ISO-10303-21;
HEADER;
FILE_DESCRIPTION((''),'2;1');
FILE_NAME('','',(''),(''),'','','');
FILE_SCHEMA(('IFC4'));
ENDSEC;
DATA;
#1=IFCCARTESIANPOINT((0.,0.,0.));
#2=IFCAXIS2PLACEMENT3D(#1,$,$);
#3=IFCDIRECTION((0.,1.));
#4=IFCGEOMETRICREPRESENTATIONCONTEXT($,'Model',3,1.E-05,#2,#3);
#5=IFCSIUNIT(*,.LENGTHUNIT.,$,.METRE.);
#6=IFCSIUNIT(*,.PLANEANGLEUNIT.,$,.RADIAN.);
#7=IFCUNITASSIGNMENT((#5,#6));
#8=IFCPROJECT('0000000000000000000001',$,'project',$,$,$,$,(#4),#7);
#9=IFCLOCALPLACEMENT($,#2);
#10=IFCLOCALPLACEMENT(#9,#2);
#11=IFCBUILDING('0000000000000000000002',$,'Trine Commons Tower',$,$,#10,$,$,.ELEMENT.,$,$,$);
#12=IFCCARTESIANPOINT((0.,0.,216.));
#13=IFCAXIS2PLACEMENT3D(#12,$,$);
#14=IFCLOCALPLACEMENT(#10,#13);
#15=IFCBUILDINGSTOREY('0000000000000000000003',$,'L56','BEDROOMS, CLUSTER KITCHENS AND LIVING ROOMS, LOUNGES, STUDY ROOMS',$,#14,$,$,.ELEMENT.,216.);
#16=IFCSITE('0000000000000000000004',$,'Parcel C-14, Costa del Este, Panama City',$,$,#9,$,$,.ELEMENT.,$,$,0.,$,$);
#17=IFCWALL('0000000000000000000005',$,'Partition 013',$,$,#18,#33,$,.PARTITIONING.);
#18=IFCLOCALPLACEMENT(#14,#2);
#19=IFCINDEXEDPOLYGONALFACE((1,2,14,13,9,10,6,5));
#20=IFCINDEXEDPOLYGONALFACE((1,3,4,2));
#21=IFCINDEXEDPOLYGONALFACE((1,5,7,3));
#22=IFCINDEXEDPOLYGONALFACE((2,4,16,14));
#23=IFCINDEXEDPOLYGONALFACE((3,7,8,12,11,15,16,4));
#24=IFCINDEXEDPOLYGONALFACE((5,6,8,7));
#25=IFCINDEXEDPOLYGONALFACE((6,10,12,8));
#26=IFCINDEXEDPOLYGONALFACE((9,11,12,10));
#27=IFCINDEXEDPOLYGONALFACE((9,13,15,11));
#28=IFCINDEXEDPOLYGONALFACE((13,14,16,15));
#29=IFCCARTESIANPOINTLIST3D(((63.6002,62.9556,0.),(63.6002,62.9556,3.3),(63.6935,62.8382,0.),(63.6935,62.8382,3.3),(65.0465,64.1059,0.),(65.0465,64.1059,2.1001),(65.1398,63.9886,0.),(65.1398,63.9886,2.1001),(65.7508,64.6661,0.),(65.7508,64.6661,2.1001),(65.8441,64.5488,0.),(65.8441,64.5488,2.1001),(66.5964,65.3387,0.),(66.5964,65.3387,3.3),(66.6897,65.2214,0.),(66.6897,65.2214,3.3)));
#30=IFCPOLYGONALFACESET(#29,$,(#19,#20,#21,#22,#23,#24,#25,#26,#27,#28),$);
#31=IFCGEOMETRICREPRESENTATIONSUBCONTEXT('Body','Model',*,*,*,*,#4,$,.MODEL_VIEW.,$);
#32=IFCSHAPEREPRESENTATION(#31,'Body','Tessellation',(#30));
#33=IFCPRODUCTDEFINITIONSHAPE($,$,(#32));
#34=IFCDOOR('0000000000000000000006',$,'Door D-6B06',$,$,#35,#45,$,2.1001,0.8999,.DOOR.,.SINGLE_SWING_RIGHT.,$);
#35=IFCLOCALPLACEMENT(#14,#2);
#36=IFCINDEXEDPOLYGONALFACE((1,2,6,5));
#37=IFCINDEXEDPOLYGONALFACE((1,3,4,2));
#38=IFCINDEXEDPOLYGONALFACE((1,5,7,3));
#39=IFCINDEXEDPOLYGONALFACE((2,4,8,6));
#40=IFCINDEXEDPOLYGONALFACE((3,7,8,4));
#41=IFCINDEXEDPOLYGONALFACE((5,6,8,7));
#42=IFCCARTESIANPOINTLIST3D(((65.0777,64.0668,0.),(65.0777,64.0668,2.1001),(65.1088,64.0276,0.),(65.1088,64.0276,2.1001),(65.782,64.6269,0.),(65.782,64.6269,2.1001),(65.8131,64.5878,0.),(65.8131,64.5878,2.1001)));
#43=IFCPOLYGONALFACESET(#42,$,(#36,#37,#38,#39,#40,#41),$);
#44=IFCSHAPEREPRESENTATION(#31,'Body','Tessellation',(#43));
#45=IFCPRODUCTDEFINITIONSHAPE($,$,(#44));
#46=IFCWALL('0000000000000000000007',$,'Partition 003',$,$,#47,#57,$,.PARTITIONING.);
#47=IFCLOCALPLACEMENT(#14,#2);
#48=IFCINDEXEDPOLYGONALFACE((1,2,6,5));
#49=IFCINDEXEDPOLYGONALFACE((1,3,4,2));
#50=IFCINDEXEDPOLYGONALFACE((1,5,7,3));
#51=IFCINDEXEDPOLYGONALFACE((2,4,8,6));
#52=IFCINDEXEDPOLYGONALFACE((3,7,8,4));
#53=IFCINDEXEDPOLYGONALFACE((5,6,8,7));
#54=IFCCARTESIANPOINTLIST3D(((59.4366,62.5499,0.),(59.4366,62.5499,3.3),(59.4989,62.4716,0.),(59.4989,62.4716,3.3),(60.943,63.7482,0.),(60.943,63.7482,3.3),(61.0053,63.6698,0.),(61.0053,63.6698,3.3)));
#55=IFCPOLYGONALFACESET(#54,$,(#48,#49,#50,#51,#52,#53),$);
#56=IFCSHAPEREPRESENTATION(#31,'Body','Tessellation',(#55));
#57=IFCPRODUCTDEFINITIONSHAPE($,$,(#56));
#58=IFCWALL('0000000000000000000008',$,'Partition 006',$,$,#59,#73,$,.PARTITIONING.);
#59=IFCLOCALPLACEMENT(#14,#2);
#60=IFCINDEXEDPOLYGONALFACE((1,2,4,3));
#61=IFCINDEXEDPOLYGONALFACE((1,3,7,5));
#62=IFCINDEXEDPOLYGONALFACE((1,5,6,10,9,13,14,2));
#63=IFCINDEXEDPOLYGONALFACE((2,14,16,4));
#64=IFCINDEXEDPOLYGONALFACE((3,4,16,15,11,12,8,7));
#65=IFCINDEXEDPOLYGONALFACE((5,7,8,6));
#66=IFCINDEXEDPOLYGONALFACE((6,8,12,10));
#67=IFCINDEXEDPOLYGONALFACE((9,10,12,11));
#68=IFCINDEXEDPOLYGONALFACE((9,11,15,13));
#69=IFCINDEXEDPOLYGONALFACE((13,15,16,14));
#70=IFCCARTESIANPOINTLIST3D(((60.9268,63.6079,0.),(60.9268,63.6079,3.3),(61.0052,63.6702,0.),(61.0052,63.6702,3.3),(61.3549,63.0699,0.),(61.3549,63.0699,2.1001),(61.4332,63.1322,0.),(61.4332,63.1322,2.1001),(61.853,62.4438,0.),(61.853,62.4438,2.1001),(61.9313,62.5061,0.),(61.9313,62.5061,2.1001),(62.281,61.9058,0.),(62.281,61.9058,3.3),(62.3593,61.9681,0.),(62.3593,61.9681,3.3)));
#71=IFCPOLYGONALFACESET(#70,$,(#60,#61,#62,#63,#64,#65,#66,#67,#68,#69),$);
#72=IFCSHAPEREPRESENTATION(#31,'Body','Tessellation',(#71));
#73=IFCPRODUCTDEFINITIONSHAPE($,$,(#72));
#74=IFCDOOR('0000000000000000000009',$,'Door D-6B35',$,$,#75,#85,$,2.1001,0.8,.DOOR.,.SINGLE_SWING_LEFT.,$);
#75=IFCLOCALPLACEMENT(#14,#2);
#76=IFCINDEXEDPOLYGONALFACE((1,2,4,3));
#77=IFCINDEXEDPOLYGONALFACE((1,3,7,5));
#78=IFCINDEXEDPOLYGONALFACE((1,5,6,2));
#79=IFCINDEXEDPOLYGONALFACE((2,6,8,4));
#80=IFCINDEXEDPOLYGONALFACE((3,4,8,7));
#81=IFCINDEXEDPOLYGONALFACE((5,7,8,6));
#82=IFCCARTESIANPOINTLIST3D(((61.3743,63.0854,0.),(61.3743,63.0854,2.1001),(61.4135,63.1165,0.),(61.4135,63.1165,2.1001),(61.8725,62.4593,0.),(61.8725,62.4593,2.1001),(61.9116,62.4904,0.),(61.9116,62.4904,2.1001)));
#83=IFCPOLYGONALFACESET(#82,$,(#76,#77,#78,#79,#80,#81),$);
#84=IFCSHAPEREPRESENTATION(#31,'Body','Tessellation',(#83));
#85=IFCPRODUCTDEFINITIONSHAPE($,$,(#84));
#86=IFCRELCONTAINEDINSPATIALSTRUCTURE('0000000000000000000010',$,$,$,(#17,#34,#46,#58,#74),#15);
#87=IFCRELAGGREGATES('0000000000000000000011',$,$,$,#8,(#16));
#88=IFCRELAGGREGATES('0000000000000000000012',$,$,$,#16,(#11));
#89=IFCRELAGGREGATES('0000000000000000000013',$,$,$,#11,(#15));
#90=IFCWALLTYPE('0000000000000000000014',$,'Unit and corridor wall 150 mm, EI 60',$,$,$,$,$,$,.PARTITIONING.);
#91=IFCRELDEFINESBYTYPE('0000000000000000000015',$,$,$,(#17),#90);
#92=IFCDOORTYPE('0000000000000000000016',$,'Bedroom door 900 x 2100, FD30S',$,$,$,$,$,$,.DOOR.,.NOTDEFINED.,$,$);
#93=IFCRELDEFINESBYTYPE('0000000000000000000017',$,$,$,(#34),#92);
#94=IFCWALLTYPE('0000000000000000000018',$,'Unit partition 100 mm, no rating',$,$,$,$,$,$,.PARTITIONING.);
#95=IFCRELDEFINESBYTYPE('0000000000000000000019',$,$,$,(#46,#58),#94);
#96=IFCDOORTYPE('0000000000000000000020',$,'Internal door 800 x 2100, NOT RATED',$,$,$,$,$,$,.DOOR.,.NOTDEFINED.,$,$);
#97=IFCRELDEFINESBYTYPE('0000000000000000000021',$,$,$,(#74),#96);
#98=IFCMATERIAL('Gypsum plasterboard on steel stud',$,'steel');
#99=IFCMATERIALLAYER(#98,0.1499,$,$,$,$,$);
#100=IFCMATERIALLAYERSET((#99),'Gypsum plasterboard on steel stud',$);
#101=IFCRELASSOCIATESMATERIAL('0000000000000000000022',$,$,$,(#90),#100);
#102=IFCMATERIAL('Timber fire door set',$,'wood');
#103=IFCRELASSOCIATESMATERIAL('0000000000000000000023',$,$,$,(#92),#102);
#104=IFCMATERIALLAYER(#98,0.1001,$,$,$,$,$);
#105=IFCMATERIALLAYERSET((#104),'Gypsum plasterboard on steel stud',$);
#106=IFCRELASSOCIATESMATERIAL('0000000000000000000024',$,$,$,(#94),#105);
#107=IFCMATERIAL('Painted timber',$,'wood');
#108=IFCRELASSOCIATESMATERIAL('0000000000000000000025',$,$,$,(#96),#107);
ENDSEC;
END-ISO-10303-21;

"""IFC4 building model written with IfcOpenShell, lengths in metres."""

from ifc_helpers import new_model, si_unit, direction, frame, frame_2d, origin, place, context, subcontext, project, spatial, rectangle, extrude, material, layer, layer_set, type_object, element, fill, save


model = new_model("IFC4")

# Units and contexts
model_context = context("Model", 3, precision=1e-05, world=origin(), true_north=direction((0.0, 1.0)))
body_context = subcontext(model_context, "Body", "Model", "MODEL_VIEW")
ifc_project = project(units=[si_unit("LENGTHUNIT", "METRE"), si_unit("PLANEANGLEUNIT", "RADIAN")], contexts=[model_context])

# Site, building, storey
site_placement = place(None, origin())
site = spatial("IfcSite", under=ifc_project, at=site_placement, Name="Parcel C-14, Costa del Este, Panama City", CompositionType="ELEMENT", RefElevation=0.0)
building_placement = place(site_placement, origin())
building = spatial("IfcBuilding", under=site, at=building_placement, Name="Trine Commons Tower", CompositionType="ELEMENT")
storey_placement = place(building_placement, frame((0.0, 0.0, 216.0)))
storey = spatial("IfcBuildingStorey", under=building, at=storey_placement, Name="L56", Description="BEDROOMS, CLUSTER KITCHENS AND LIVING ROOMS, LOUNGES, STUDY ROOMS", CompositionType="ELEMENT", Elevation=216.0)

# Shared definitions
ifc_material_1 = material(Name="Gypsum plasterboard on steel stud", Category="steel")
ifc_layer_1 = layer(ifc_material_1, 0.1499)
ifc_layer_set_1 = layer_set([ifc_layer_1], Name="Gypsum plasterboard on steel stud")
wall_type_1 = type_object("IfcWallType", Name="Unit and corridor wall 150 mm, EI 60", PredefinedType="PARTITIONING", material=ifc_layer_set_1)
ifc_material_2 = material(Name="Timber fire door set", Category="wood")
door_type_1 = type_object("IfcDoorType", Name="Bedroom door 900 x 2100, FD30S", OperationType="NOTDEFINED", PredefinedType="DOOR", material=ifc_material_2)

# Wall, opening, door
wall_1_placement = place(storey_placement, frame((63.647, 62.897, 0.0), z_axis=(0.0, 0.0, 1.0), x_axis=(0.782626, 0.622492, 0.0)))
wall_1 = element("IfcWall", 1, at=wall_1_placement, inside=storey, type_object=wall_type_1, Name="Partition 013", PredefinedType="PARTITIONING", context=body_context, shape_type="SweptSolid", body=[
    extrude(rectangle(XDim=3.8284, YDim=0.1499, at=frame_2d((1.9141, 0.0))), origin(), (0.0, 0.0, 1.0), 3.3),
])
opening_1_placement = place(wall_1_placement, frame((1.8479, 0.0, 0.0)))
opening_1 = element("IfcOpeningElement", 2, at=opening_1_placement, cuts=wall_1, PredefinedType="OPENING", context=body_context, shape_type="SweptSolid", body=[
    extrude(rectangle(XDim=0.8999, YDim=2.1001, at=frame_2d((0.45, 1.05))), frame((0.0, 0.085, 0.0), z_axis=(0.0, -1.0, 0.0), x_axis=(1.0, 0.0, 0.0)), (0.0, 0.0, 1.0), 0.1699),
])
door_1_placement = place(opening_1_placement, origin())
door_1 = element("IfcDoor", 3, at=door_1_placement, inside=storey, type_object=door_type_1, Name="Door D-6B06", OperationType="SINGLE_SWING_RIGHT", OverallHeight=2.1001, OverallWidth=0.8999, PredefinedType="DOOR", context=body_context, shape_type="SweptSolid", body=[
    extrude(rectangle(XDim=0.8999, YDim=2.1001, at=frame_2d((0.45, 1.05))), frame((0.0, 0.0249, 0.0), z_axis=(0.0, -1.0, 0.0), x_axis=(1.0, 0.0, 0.0)), (0.0, 0.0, 1.0), 0.05),
])
fill(opening_1, door_1)

# Wall
ifc_layer_2 = layer(ifc_material_1, 0.1001)
ifc_layer_set_2 = layer_set([ifc_layer_2], Name="Gypsum plasterboard on steel stud")
wall_type_2 = type_object("IfcWallType", Name="Unit partition 100 mm, no rating", PredefinedType="PARTITIONING", material=ifc_layer_set_2)
wall_2_placement = place(storey_placement, frame((59.4678, 62.5107, 0.0), z_axis=(0.0, 0.0, 1.0), x_axis=(0.782598, 0.622527, 0.0)))
element("IfcWall", 4, at=wall_2_placement, inside=storey, type_object=wall_type_2, Name="Partition 003", PredefinedType="PARTITIONING", context=body_context, shape_type="SweptSolid", body=[
    extrude(rectangle(XDim=1.9248, YDim=0.1001, at=frame_2d((0.9624, 0.0))), origin(), (0.0, 0.0, 1.0), 3.3),
])

# Wall, opening, door
wall_3_placement = place(storey_placement, frame((60.9661, 63.6389, 0.0), z_axis=(0.0, 0.0, 1.0), x_axis=(0.622599, -0.782541, 0.0)))
wall_3 = element("IfcWall", 5, at=wall_3_placement, inside=storey, type_object=wall_type_2, Name="Partition 006", PredefinedType="PARTITIONING", context=body_context, shape_type="SweptSolid", body=[
    extrude(rectangle(XDim=2.175, YDim=0.1001, at=frame_2d((1.0874, 0.0))), origin(), (0.0, 0.0, 1.0), 3.3),
])
opening_2_placement = place(wall_3_placement, frame((0.6875, 0.0, 0.0)))
opening_2 = element("IfcOpeningElement", 6, at=opening_2_placement, cuts=wall_3, PredefinedType="OPENING", context=body_context, shape_type="SweptSolid", body=[
    extrude(rectangle(XDim=0.8, YDim=2.1001, at=frame_2d((0.3999, 1.05))), frame((0.0, 0.0601, 0.0), z_axis=(0.0, -1.0, 0.0), x_axis=(1.0, 0.0, 0.0)), (0.0, 0.0, 1.0), 0.1201),
])
ifc_material_3 = material(Name="Painted timber", Category="wood")
door_type_2 = type_object("IfcDoorType", Name="Internal door 800 x 2100, NOT RATED", OperationType="NOTDEFINED", PredefinedType="DOOR", material=ifc_material_3)
door_2_placement = place(opening_2_placement, origin())
door_2 = element("IfcDoor", 7, at=door_2_placement, inside=storey, type_object=door_type_2, Name="Door D-6B35", OperationType="SINGLE_SWING_LEFT", OverallHeight=2.1001, OverallWidth=0.8, PredefinedType="DOOR", context=body_context, shape_type="SweptSolid", body=[
    extrude(rectangle(XDim=0.8, YDim=2.1001, at=frame_2d((0.3999, 1.05))), frame((0.0, 0.0249, 0.0), z_axis=(0.0, -1.0, 0.0), x_axis=(1.0, 0.0, 0.0)), (0.0, 0.0, 1.0), 0.05),
])
fill(opening_2, door_2)

save(model, "model.ifc")
